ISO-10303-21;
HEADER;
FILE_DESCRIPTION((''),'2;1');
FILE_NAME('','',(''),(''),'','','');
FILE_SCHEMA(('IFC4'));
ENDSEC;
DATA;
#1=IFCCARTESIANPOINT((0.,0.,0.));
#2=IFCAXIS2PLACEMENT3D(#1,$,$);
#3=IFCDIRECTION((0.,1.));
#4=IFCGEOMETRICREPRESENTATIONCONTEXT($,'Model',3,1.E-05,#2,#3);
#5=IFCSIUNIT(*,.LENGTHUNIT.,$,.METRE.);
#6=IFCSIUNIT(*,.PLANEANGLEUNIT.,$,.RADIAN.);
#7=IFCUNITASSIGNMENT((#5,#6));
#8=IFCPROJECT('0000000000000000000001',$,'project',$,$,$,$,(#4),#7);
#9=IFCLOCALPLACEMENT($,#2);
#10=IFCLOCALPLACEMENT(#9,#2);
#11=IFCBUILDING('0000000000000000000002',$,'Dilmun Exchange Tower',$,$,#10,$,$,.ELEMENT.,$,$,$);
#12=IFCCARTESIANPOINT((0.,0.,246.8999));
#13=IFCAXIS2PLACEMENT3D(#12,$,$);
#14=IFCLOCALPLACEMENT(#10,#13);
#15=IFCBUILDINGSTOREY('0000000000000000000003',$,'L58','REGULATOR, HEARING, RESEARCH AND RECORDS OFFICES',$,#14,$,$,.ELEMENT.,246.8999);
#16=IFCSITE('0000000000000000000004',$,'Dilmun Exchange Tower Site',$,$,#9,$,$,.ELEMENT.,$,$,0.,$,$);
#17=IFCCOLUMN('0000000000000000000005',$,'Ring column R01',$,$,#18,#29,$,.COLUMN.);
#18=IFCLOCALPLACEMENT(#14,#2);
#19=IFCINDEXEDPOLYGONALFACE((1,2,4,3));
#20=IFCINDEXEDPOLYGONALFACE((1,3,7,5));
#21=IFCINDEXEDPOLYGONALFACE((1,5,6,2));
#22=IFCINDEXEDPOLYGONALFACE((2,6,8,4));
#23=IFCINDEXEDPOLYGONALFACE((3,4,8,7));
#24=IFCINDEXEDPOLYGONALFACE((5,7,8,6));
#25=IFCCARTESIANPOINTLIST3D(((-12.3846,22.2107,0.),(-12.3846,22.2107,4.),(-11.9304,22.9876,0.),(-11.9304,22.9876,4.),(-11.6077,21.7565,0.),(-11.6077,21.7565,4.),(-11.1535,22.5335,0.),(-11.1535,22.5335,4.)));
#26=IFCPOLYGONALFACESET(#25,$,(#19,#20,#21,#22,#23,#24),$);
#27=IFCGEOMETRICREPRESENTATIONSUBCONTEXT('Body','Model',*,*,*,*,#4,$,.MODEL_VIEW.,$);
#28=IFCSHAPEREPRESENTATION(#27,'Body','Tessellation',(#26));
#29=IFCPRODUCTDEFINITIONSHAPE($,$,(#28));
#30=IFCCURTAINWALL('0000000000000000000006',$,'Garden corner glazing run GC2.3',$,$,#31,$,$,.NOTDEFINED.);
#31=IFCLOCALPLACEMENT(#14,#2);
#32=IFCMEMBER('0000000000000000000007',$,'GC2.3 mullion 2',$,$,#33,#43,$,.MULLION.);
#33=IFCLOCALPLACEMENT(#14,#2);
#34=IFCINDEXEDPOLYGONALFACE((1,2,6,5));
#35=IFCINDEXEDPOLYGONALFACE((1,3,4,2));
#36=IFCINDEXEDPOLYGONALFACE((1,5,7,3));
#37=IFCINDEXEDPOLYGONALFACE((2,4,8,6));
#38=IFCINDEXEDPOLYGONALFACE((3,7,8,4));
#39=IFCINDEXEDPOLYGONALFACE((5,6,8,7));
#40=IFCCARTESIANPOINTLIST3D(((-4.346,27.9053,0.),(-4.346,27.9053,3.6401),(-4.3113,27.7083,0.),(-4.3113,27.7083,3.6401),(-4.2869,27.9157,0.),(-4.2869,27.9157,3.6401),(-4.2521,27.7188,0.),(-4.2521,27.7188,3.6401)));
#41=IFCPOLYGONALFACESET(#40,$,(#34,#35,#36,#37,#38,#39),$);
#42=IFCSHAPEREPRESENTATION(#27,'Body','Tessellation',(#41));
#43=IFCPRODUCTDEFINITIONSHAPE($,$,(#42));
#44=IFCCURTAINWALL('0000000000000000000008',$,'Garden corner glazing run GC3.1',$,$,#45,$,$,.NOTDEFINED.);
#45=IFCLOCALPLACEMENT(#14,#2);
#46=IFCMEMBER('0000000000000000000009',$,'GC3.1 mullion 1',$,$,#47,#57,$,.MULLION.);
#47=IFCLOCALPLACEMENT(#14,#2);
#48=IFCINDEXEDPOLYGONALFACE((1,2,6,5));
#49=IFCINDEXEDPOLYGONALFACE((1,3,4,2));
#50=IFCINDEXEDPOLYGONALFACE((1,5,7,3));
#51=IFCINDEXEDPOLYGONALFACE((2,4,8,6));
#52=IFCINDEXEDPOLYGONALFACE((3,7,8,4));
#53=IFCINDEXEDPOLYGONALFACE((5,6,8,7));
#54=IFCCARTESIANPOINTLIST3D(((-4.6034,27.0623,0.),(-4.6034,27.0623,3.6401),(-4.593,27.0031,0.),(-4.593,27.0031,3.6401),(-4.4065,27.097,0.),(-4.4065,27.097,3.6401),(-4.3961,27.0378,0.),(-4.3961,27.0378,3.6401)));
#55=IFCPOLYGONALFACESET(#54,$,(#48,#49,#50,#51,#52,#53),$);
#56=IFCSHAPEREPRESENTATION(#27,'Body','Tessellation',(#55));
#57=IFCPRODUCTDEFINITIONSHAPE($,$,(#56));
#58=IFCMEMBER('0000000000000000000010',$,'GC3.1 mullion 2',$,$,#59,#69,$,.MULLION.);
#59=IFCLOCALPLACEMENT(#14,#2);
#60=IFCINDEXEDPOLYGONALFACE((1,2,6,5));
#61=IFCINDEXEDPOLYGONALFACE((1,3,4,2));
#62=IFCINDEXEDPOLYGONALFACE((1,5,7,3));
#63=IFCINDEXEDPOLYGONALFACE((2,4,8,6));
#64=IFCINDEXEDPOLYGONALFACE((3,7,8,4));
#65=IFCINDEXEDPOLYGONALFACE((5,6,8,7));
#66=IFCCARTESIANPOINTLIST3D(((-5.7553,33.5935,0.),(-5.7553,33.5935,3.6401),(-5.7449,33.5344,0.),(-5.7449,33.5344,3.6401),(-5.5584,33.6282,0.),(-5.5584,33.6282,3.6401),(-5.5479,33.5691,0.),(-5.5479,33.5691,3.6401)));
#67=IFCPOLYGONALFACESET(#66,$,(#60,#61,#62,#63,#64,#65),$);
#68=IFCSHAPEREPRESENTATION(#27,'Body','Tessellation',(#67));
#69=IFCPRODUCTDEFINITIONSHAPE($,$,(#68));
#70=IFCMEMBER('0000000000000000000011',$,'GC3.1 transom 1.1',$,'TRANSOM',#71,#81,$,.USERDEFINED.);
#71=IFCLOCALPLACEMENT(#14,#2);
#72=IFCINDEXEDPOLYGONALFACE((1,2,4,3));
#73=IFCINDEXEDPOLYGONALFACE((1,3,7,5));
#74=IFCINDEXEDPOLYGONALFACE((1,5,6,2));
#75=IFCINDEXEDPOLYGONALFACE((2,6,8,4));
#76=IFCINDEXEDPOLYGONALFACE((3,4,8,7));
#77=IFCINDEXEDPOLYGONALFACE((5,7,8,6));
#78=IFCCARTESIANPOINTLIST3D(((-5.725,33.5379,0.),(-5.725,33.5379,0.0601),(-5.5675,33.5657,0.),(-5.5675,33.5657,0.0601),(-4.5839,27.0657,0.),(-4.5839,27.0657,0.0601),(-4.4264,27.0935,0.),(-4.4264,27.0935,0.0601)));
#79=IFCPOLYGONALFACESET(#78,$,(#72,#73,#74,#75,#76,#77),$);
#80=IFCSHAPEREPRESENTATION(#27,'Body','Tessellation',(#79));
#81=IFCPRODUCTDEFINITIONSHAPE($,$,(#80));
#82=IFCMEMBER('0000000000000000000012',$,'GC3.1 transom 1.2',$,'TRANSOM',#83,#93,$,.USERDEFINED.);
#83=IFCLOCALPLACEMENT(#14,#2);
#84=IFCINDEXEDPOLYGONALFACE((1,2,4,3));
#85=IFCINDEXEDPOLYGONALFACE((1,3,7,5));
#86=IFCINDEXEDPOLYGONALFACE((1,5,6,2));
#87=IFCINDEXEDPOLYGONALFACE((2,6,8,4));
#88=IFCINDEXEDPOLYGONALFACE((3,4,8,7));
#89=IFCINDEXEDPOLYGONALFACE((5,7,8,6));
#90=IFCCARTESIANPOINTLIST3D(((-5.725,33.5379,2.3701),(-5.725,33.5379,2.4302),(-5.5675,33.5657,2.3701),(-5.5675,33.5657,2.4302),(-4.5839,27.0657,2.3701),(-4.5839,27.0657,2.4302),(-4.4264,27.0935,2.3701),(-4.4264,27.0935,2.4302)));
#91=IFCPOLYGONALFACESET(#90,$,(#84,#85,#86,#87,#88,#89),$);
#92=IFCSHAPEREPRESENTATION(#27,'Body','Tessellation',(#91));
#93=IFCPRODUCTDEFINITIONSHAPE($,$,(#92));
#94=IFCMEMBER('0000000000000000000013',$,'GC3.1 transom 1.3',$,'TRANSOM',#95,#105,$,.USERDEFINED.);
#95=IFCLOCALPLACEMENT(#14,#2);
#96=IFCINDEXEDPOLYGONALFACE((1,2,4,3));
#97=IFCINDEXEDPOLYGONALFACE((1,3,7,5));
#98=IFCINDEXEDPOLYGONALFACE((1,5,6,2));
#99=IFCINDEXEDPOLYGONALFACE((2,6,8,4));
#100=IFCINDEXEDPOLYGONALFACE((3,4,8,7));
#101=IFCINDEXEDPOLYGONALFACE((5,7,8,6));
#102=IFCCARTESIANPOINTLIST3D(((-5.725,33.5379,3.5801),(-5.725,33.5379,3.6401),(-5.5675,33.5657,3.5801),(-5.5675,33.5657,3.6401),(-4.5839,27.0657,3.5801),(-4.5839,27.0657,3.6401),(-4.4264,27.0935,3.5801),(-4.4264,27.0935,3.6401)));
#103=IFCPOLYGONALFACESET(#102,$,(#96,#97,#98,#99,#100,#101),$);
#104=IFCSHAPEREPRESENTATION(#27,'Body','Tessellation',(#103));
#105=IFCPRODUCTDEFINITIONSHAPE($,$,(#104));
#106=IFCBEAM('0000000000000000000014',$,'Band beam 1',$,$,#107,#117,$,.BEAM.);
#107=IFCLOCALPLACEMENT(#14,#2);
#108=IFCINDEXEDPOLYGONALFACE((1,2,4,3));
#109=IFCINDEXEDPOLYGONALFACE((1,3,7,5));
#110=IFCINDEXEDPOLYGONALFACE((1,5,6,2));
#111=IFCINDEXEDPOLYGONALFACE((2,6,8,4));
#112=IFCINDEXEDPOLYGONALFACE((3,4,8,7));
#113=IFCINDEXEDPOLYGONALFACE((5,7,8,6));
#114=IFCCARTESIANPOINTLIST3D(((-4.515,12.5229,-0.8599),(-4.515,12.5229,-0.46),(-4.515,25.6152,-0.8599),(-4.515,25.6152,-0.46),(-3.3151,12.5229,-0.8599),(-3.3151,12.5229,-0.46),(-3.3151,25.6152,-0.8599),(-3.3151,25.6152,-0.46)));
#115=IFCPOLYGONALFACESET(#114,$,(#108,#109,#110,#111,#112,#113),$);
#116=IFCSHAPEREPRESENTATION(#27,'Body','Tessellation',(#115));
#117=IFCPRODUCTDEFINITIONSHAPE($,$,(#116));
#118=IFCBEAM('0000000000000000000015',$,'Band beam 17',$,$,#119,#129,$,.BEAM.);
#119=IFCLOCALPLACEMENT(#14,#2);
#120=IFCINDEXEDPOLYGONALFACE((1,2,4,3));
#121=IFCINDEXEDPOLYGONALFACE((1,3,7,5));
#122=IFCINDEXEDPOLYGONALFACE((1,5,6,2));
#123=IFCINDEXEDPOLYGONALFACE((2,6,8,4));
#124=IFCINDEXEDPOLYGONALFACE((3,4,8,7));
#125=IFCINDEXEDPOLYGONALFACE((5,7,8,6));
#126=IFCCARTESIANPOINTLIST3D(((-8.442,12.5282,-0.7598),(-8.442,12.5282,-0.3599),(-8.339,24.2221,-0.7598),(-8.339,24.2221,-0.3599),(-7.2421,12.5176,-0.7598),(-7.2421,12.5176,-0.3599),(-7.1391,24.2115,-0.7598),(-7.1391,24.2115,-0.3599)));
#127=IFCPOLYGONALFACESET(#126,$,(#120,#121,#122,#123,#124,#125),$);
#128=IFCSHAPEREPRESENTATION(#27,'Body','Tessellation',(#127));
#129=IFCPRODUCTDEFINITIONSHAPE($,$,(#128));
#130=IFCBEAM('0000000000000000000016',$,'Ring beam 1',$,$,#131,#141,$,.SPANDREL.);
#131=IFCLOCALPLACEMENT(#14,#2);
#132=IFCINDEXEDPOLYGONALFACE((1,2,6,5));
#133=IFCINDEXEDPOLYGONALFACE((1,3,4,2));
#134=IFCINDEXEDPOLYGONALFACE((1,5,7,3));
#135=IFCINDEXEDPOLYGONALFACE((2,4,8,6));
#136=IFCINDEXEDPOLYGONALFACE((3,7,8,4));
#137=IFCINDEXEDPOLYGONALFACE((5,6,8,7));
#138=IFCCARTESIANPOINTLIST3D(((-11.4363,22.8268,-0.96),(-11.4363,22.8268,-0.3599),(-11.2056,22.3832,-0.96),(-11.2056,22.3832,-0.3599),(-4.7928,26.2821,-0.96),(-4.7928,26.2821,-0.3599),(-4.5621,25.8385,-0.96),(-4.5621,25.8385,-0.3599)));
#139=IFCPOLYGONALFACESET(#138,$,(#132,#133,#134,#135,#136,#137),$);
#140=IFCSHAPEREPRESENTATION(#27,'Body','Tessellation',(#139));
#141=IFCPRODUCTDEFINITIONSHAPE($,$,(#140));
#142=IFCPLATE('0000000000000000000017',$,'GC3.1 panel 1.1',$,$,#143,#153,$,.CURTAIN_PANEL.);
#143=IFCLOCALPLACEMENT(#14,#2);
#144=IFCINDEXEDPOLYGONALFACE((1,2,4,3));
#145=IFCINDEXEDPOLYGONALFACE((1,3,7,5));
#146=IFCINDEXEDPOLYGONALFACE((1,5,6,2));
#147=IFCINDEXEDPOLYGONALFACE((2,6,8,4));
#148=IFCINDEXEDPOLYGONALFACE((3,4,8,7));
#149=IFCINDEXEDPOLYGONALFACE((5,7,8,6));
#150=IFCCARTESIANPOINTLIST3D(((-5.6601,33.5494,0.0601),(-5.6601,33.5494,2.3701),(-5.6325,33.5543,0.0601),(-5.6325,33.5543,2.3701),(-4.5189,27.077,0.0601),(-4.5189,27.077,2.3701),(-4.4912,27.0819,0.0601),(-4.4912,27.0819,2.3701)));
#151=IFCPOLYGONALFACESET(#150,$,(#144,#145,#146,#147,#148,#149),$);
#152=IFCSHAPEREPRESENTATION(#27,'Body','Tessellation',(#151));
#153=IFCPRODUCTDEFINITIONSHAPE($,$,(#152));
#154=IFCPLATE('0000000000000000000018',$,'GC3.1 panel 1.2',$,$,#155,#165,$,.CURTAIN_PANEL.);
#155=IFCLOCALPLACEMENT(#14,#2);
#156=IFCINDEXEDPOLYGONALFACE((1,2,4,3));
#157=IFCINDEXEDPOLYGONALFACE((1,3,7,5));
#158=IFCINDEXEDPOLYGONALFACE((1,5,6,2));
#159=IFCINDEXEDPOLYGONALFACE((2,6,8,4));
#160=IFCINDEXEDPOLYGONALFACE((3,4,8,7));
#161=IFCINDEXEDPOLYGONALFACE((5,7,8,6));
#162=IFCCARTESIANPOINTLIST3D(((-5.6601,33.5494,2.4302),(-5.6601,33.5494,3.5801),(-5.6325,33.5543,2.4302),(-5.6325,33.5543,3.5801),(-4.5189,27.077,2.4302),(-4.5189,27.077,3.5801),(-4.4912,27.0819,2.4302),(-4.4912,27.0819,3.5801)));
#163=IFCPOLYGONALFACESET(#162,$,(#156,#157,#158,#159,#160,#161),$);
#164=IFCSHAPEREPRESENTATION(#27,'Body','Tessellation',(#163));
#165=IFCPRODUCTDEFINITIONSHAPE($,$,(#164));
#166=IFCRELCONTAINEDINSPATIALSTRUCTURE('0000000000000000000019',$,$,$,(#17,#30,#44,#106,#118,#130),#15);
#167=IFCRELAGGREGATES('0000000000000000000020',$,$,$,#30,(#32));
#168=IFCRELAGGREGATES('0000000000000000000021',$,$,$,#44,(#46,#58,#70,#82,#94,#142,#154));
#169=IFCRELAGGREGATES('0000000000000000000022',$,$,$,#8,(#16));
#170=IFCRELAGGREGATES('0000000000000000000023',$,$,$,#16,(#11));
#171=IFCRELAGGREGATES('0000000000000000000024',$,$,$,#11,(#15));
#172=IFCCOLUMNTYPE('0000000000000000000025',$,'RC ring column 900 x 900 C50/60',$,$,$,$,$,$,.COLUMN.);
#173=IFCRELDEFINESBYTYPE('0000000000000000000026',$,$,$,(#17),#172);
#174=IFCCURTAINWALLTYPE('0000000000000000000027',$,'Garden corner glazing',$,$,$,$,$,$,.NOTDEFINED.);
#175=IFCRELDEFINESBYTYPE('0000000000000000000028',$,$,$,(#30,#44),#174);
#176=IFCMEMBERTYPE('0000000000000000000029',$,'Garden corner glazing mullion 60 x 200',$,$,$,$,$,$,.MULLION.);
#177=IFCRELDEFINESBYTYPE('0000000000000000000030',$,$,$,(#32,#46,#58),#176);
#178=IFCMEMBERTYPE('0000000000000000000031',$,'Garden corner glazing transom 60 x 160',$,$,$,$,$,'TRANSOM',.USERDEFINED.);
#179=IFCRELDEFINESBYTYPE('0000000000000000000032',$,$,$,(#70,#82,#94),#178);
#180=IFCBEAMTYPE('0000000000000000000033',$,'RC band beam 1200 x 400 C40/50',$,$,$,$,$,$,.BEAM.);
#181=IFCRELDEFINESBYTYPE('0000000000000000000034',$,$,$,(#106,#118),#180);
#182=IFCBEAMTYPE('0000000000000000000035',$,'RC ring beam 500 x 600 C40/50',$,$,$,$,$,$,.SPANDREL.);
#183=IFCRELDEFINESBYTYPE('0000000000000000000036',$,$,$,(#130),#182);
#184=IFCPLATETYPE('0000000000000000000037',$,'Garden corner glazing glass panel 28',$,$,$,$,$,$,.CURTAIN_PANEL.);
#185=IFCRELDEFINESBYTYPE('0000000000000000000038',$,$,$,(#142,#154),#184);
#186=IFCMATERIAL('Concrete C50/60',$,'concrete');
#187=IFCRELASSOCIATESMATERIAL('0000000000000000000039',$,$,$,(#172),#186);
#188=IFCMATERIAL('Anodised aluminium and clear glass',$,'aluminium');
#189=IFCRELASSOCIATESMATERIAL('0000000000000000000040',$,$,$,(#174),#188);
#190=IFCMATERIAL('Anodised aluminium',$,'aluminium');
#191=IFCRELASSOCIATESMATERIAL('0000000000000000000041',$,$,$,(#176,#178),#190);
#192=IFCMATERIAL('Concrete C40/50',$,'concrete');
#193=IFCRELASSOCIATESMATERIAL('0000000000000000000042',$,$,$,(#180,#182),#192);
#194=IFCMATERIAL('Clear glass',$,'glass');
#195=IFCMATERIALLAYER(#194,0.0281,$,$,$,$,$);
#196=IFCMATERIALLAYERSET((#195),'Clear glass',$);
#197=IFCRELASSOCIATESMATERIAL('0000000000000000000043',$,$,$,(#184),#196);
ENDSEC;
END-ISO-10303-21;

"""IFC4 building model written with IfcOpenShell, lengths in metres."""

from ifc_helpers import new_model, si_unit, direction, frame, origin, origin_2d, place, context, subcontext, project, spatial, rectangle, extrude, material, layer, layer_set, material_profile, profile_set, type_object, element, aggregate, save


model = new_model("IFC4")

# Units and contexts
model_context = context("Model", 3, precision=1e-05, world=origin(), true_north=direction((0.0, 1.0)))
body_context = subcontext(model_context, "Body", "Model", "MODEL_VIEW")
ifc_project = project(units=[si_unit("LENGTHUNIT", "METRE"), si_unit("PLANEANGLEUNIT", "RADIAN")], contexts=[model_context])

# Site, building, storey
site_placement = place(None, origin())
site = spatial("IfcSite", under=ifc_project, at=site_placement, Name="Dilmun Exchange Tower Site", CompositionType="ELEMENT", RefElevation=0.0)
building_placement = place(site_placement, origin())
building = spatial("IfcBuilding", under=site, at=building_placement, Name="Dilmun Exchange Tower", CompositionType="ELEMENT")
storey_placement = place(building_placement, frame((0.0, 0.0, 246.8999)))
storey = spatial("IfcBuildingStorey", under=building, at=storey_placement, Name="L58", Description="REGULATOR, HEARING, RESEARCH AND RECORDS OFFICES", CompositionType="ELEMENT", Elevation=246.8999)

# Column
ifc_material_1 = material(Name="Concrete C50/60", Category="concrete")
ifc_material_profile_1 = material_profile(ifc_material_1, rectangle(XDim=0.8999, YDim=0.8999, at=origin_2d()), Name="900 x 900")
ifc_profile_set_1 = profile_set([ifc_material_profile_1], Name="Concrete C50/60")
column_type = type_object("IfcColumnType", Name="RC ring column 900 x 900 C50/60", PredefinedType="COLUMN", material=ifc_profile_set_1)
column_placement = place(storey_placement, frame((-11.769, 22.3721, 0.0), z_axis=(0.0, 0.0, 1.0), x_axis=(0.504644, 0.863328, 0.0)))
element("IfcColumn", 1, at=column_placement, inside=storey, type_object=column_type, Name="Ring column R01", PredefinedType="COLUMN", context=body_context, shape_type="SweptSolid", body=[
    extrude(rectangle(XDim=0.8999, YDim=0.8999, at=origin_2d()), origin(), (0.0, 0.0, 1.0), 4.0),
])

# Curtain wall, member
ifc_material_2 = material(Name="Anodised aluminium and clear glass", Category="aluminium")
curtain_wall_type = type_object("IfcCurtainWallType", Name="Garden corner glazing", PredefinedType="NOTDEFINED", material=ifc_material_2)
curtain_wall_1_placement = place(storey_placement, origin())
curtain_wall_1 = element("IfcCurtainWall", 2, at=curtain_wall_1_placement, inside=storey, type_object=curtain_wall_type, Name="Garden corner glazing run GC2.3", PredefinedType="NOTDEFINED")
ifc_material_3 = material(Name="Anodised aluminium", Category="aluminium")
ifc_material_profile_2 = material_profile(ifc_material_3, rectangle(XDim=0.2, YDim=0.0601, at=origin_2d()), Name="AL 60x200")
ifc_profile_set_2 = profile_set([ifc_material_profile_2], Name="Anodised aluminium")
member_type_1 = type_object("IfcMemberType", Name="Garden corner glazing mullion 60 x 200", PredefinedType="MULLION", material=ifc_profile_set_2)
member_1_placement = place(storey_placement, frame((-4.2991, 27.812, 0.0), z_axis=(0.0, 0.0, 1.0), x_axis=(0.173631, -0.984811, 0.0)))
member_1 = element("IfcMember", 3, at=member_1_placement, type_object=member_type_1, Name="GC2.3 mullion 2", PredefinedType="MULLION", context=body_context, shape_type="SweptSolid", body=[
    extrude(rectangle(XDim=0.2, YDim=0.0601, at=origin_2d()), origin(), (0.0, 0.0, 1.0), 3.6401),
])
aggregate(curtain_wall_1, [member_1])

# Curtain wall, members
curtain_wall_2_placement = place(storey_placement, origin())
curtain_wall_2 = element("IfcCurtainWall", 4, at=curtain_wall_2_placement, inside=storey, type_object=curtain_wall_type, Name="Garden corner glazing run GC3.1", PredefinedType="NOTDEFINED")
member_2_placement = place(storey_placement, frame((-4.4998, 27.05, 0.0), z_axis=(0.0, 0.0, 1.0), x_axis=(-0.984807, -0.173651, 0.0)))
member_2 = element("IfcMember", 5, at=member_2_placement, type_object=member_type_1, Name="GC3.1 mullion 1", PredefinedType="MULLION", context=body_context, shape_type="SweptSolid", body=[
    extrude(rectangle(XDim=0.2, YDim=0.0601, at=origin_2d()), origin(), (0.0, 0.0, 1.0), 3.6401),
])
member_3_placement = place(storey_placement, frame((-5.6516, 33.5813, 0.0), z_axis=(0.0, 0.0, 1.0), x_axis=(-0.984807, -0.173651, 0.0)))
member_3 = element("IfcMember", 6, at=member_3_placement, type_object=member_type_1, Name="GC3.1 mullion 2", PredefinedType="MULLION", context=body_context, shape_type="SweptSolid", body=[
    extrude(rectangle(XDim=0.2, YDim=0.0601, at=origin_2d()), origin(), (0.0, 0.0, 1.0), 3.6401),
])
ifc_material_profile_3 = material_profile(ifc_material_3, rectangle(XDim=0.1599, YDim=0.0601, at=origin_2d()), Name="AL 60x160")
ifc_profile_set_3 = profile_set([ifc_material_profile_3], Name="Anodised aluminium")
member_type_2 = type_object("IfcMemberType", Name="Garden corner glazing transom 60 x 160", ElementType="TRANSOM", PredefinedType="USERDEFINED", material=ifc_profile_set_3)
member_4_placement = place(storey_placement, frame((-4.5051, 27.0796, 0.03), z_axis=(-0.173633, 0.98481, 0.0), x_axis=(-0.98481, -0.173633, 0.0)))
member_4 = element("IfcMember", 7, at=member_4_placement, type_object=member_type_2, Name="GC3.1 transom 1.1", ObjectType="TRANSOM", PredefinedType="USERDEFINED", context=body_context, shape_type="SweptSolid", body=[
    extrude(rectangle(XDim=0.1599, YDim=0.0601, at=origin_2d()), origin(), (0.0, 0.0, 1.0), 6.572),
])
member_5_placement = place(storey_placement, frame((-4.5051, 27.0796, 2.4001), z_axis=(-0.173633, 0.98481, 0.0), x_axis=(-0.98481, -0.173633, 0.0)))
member_5 = element("IfcMember", 8, at=member_5_placement, type_object=member_type_2, Name="GC3.1 transom 1.2", ObjectType="TRANSOM", PredefinedType="USERDEFINED", context=body_context, shape_type="SweptSolid", body=[
    extrude(rectangle(XDim=0.1599, YDim=0.0601, at=origin_2d()), origin(), (0.0, 0.0, 1.0), 6.572),
])
member_6_placement = place(storey_placement, frame((-4.5051, 27.0796, 3.6101), z_axis=(-0.173633, 0.98481, 0.0), x_axis=(-0.98481, -0.173633, 0.0)))
member_6 = element("IfcMember", 9, at=member_6_placement, type_object=member_type_2, Name="GC3.1 transom 1.3", ObjectType="TRANSOM", PredefinedType="USERDEFINED", context=body_context, shape_type="SweptSolid", body=[
    extrude(rectangle(XDim=0.1599, YDim=0.0601, at=origin_2d()), origin(), (0.0, 0.0, 1.0), 6.572),
])

# Beams
ifc_material_4 = material(Name="Concrete C40/50", Category="concrete")
ifc_material_profile_4 = material_profile(ifc_material_4, rectangle(XDim=1.2, YDim=0.3999, at=origin_2d()), Name="1200 x 400")
ifc_profile_set_4 = profile_set([ifc_material_profile_4], Name="Concrete C40/50")
beam_type_1 = type_object("IfcBeamType", Name="RC band beam 1200 x 400 C40/50", PredefinedType="BEAM", material=ifc_profile_set_4)
beam_1_placement = place(storey_placement, frame((-3.915, 25.6152, -0.6599), z_axis=(0.0, -1.0, 0.0), x_axis=(1.0, 0.0, 0.0)))
element("IfcBeam", 10, at=beam_1_placement, inside=storey, type_object=beam_type_1, Name="Band beam 1", PredefinedType="BEAM", context=body_context, shape_type="SweptSolid", body=[
    extrude(rectangle(XDim=1.2, YDim=0.3999, at=origin_2d()), origin(), (0.0, 0.0, 1.0), 13.0923),
])
beam_2_placement = place(storey_placement, frame((-7.739, 24.2168, -0.5598), z_axis=(-0.00881, -0.999961, 0.0), x_axis=(0.999961, -0.00881, 0.0)))
element("IfcBeam", 11, at=beam_2_placement, inside=storey, type_object=beam_type_1, Name="Band beam 17", PredefinedType="BEAM", context=body_context, shape_type="SweptSolid", body=[
    extrude(rectangle(XDim=1.2, YDim=0.3999, at=origin_2d()), origin(), (0.0, 0.0, 1.0), 11.6943),
])
ifc_material_profile_5 = material_profile(ifc_material_4, rectangle(XDim=0.5, YDim=0.6001, at=origin_2d()), Name="500 x 600")
ifc_profile_set_5 = profile_set([ifc_material_profile_5], Name="Concrete C40/50")
beam_type_2 = type_object("IfcBeamType", Name="RC ring beam 500 x 600 C40/50", PredefinedType="SPANDREL", material=ifc_profile_set_5)
beam_3_placement = place(storey_placement, frame((-4.6775, 26.0603, -0.6599), z_axis=(-0.88718, -0.461424, 0.0), x_axis=(0.461424, -0.88718, 0.0)))
element("IfcBeam", 12, at=beam_3_placement, inside=storey, type_object=beam_type_2, Name="Ring beam 1", PredefinedType="SPANDREL", context=body_context, shape_type="SweptSolid", body=[
    extrude(rectangle(XDim=0.5, YDim=0.6001, at=origin_2d()), origin(), (0.0, 0.0, 1.0), 7.4883),
])

# Plates
ifc_material_5 = material(Name="Clear glass", Category="glass")
ifc_layer_1 = layer(ifc_material_5, 0.0281)
ifc_layer_set_1 = layer_set([ifc_layer_1], Name="Clear glass")
plate_type = type_object("IfcPlateType", Name="Garden corner glazing glass panel 28", PredefinedType="CURTAIN_PANEL", material=ifc_layer_set_1)
plate_1_placement = place(storey_placement, frame((-5.0757, 30.3157, 0.0601), z_axis=(0.0, 0.0, 1.0), x_axis=(-0.173651, 0.984807, 0.0)))
plate_1 = element("IfcPlate", 13, at=plate_1_placement, type_object=plate_type, Name="GC3.1 panel 1.1", PredefinedType="CURTAIN_PANEL", context=body_context, shape_type="SweptSolid", body=[
    extrude(rectangle(XDim=6.5723, YDim=0.0281, at=origin_2d()), origin(), (0.0, 0.0, 1.0), 2.3101),
])
plate_2_placement = place(storey_placement, frame((-5.0757, 30.3157, 2.4302), z_axis=(0.0, 0.0, 1.0), x_axis=(-0.173651, 0.984807, 0.0)))
plate_2 = element("IfcPlate", 14, at=plate_2_placement, type_object=plate_type, Name="GC3.1 panel 1.2", PredefinedType="CURTAIN_PANEL", context=body_context, shape_type="SweptSolid", body=[
    extrude(rectangle(XDim=6.5723, YDim=0.0281, at=origin_2d()), origin(), (0.0, 0.0, 1.0), 1.1499),
])
aggregate(curtain_wall_2, [member_2, member_3, member_4, member_5, member_6, plate_1, plate_2])

save(model, "model.ifc")
